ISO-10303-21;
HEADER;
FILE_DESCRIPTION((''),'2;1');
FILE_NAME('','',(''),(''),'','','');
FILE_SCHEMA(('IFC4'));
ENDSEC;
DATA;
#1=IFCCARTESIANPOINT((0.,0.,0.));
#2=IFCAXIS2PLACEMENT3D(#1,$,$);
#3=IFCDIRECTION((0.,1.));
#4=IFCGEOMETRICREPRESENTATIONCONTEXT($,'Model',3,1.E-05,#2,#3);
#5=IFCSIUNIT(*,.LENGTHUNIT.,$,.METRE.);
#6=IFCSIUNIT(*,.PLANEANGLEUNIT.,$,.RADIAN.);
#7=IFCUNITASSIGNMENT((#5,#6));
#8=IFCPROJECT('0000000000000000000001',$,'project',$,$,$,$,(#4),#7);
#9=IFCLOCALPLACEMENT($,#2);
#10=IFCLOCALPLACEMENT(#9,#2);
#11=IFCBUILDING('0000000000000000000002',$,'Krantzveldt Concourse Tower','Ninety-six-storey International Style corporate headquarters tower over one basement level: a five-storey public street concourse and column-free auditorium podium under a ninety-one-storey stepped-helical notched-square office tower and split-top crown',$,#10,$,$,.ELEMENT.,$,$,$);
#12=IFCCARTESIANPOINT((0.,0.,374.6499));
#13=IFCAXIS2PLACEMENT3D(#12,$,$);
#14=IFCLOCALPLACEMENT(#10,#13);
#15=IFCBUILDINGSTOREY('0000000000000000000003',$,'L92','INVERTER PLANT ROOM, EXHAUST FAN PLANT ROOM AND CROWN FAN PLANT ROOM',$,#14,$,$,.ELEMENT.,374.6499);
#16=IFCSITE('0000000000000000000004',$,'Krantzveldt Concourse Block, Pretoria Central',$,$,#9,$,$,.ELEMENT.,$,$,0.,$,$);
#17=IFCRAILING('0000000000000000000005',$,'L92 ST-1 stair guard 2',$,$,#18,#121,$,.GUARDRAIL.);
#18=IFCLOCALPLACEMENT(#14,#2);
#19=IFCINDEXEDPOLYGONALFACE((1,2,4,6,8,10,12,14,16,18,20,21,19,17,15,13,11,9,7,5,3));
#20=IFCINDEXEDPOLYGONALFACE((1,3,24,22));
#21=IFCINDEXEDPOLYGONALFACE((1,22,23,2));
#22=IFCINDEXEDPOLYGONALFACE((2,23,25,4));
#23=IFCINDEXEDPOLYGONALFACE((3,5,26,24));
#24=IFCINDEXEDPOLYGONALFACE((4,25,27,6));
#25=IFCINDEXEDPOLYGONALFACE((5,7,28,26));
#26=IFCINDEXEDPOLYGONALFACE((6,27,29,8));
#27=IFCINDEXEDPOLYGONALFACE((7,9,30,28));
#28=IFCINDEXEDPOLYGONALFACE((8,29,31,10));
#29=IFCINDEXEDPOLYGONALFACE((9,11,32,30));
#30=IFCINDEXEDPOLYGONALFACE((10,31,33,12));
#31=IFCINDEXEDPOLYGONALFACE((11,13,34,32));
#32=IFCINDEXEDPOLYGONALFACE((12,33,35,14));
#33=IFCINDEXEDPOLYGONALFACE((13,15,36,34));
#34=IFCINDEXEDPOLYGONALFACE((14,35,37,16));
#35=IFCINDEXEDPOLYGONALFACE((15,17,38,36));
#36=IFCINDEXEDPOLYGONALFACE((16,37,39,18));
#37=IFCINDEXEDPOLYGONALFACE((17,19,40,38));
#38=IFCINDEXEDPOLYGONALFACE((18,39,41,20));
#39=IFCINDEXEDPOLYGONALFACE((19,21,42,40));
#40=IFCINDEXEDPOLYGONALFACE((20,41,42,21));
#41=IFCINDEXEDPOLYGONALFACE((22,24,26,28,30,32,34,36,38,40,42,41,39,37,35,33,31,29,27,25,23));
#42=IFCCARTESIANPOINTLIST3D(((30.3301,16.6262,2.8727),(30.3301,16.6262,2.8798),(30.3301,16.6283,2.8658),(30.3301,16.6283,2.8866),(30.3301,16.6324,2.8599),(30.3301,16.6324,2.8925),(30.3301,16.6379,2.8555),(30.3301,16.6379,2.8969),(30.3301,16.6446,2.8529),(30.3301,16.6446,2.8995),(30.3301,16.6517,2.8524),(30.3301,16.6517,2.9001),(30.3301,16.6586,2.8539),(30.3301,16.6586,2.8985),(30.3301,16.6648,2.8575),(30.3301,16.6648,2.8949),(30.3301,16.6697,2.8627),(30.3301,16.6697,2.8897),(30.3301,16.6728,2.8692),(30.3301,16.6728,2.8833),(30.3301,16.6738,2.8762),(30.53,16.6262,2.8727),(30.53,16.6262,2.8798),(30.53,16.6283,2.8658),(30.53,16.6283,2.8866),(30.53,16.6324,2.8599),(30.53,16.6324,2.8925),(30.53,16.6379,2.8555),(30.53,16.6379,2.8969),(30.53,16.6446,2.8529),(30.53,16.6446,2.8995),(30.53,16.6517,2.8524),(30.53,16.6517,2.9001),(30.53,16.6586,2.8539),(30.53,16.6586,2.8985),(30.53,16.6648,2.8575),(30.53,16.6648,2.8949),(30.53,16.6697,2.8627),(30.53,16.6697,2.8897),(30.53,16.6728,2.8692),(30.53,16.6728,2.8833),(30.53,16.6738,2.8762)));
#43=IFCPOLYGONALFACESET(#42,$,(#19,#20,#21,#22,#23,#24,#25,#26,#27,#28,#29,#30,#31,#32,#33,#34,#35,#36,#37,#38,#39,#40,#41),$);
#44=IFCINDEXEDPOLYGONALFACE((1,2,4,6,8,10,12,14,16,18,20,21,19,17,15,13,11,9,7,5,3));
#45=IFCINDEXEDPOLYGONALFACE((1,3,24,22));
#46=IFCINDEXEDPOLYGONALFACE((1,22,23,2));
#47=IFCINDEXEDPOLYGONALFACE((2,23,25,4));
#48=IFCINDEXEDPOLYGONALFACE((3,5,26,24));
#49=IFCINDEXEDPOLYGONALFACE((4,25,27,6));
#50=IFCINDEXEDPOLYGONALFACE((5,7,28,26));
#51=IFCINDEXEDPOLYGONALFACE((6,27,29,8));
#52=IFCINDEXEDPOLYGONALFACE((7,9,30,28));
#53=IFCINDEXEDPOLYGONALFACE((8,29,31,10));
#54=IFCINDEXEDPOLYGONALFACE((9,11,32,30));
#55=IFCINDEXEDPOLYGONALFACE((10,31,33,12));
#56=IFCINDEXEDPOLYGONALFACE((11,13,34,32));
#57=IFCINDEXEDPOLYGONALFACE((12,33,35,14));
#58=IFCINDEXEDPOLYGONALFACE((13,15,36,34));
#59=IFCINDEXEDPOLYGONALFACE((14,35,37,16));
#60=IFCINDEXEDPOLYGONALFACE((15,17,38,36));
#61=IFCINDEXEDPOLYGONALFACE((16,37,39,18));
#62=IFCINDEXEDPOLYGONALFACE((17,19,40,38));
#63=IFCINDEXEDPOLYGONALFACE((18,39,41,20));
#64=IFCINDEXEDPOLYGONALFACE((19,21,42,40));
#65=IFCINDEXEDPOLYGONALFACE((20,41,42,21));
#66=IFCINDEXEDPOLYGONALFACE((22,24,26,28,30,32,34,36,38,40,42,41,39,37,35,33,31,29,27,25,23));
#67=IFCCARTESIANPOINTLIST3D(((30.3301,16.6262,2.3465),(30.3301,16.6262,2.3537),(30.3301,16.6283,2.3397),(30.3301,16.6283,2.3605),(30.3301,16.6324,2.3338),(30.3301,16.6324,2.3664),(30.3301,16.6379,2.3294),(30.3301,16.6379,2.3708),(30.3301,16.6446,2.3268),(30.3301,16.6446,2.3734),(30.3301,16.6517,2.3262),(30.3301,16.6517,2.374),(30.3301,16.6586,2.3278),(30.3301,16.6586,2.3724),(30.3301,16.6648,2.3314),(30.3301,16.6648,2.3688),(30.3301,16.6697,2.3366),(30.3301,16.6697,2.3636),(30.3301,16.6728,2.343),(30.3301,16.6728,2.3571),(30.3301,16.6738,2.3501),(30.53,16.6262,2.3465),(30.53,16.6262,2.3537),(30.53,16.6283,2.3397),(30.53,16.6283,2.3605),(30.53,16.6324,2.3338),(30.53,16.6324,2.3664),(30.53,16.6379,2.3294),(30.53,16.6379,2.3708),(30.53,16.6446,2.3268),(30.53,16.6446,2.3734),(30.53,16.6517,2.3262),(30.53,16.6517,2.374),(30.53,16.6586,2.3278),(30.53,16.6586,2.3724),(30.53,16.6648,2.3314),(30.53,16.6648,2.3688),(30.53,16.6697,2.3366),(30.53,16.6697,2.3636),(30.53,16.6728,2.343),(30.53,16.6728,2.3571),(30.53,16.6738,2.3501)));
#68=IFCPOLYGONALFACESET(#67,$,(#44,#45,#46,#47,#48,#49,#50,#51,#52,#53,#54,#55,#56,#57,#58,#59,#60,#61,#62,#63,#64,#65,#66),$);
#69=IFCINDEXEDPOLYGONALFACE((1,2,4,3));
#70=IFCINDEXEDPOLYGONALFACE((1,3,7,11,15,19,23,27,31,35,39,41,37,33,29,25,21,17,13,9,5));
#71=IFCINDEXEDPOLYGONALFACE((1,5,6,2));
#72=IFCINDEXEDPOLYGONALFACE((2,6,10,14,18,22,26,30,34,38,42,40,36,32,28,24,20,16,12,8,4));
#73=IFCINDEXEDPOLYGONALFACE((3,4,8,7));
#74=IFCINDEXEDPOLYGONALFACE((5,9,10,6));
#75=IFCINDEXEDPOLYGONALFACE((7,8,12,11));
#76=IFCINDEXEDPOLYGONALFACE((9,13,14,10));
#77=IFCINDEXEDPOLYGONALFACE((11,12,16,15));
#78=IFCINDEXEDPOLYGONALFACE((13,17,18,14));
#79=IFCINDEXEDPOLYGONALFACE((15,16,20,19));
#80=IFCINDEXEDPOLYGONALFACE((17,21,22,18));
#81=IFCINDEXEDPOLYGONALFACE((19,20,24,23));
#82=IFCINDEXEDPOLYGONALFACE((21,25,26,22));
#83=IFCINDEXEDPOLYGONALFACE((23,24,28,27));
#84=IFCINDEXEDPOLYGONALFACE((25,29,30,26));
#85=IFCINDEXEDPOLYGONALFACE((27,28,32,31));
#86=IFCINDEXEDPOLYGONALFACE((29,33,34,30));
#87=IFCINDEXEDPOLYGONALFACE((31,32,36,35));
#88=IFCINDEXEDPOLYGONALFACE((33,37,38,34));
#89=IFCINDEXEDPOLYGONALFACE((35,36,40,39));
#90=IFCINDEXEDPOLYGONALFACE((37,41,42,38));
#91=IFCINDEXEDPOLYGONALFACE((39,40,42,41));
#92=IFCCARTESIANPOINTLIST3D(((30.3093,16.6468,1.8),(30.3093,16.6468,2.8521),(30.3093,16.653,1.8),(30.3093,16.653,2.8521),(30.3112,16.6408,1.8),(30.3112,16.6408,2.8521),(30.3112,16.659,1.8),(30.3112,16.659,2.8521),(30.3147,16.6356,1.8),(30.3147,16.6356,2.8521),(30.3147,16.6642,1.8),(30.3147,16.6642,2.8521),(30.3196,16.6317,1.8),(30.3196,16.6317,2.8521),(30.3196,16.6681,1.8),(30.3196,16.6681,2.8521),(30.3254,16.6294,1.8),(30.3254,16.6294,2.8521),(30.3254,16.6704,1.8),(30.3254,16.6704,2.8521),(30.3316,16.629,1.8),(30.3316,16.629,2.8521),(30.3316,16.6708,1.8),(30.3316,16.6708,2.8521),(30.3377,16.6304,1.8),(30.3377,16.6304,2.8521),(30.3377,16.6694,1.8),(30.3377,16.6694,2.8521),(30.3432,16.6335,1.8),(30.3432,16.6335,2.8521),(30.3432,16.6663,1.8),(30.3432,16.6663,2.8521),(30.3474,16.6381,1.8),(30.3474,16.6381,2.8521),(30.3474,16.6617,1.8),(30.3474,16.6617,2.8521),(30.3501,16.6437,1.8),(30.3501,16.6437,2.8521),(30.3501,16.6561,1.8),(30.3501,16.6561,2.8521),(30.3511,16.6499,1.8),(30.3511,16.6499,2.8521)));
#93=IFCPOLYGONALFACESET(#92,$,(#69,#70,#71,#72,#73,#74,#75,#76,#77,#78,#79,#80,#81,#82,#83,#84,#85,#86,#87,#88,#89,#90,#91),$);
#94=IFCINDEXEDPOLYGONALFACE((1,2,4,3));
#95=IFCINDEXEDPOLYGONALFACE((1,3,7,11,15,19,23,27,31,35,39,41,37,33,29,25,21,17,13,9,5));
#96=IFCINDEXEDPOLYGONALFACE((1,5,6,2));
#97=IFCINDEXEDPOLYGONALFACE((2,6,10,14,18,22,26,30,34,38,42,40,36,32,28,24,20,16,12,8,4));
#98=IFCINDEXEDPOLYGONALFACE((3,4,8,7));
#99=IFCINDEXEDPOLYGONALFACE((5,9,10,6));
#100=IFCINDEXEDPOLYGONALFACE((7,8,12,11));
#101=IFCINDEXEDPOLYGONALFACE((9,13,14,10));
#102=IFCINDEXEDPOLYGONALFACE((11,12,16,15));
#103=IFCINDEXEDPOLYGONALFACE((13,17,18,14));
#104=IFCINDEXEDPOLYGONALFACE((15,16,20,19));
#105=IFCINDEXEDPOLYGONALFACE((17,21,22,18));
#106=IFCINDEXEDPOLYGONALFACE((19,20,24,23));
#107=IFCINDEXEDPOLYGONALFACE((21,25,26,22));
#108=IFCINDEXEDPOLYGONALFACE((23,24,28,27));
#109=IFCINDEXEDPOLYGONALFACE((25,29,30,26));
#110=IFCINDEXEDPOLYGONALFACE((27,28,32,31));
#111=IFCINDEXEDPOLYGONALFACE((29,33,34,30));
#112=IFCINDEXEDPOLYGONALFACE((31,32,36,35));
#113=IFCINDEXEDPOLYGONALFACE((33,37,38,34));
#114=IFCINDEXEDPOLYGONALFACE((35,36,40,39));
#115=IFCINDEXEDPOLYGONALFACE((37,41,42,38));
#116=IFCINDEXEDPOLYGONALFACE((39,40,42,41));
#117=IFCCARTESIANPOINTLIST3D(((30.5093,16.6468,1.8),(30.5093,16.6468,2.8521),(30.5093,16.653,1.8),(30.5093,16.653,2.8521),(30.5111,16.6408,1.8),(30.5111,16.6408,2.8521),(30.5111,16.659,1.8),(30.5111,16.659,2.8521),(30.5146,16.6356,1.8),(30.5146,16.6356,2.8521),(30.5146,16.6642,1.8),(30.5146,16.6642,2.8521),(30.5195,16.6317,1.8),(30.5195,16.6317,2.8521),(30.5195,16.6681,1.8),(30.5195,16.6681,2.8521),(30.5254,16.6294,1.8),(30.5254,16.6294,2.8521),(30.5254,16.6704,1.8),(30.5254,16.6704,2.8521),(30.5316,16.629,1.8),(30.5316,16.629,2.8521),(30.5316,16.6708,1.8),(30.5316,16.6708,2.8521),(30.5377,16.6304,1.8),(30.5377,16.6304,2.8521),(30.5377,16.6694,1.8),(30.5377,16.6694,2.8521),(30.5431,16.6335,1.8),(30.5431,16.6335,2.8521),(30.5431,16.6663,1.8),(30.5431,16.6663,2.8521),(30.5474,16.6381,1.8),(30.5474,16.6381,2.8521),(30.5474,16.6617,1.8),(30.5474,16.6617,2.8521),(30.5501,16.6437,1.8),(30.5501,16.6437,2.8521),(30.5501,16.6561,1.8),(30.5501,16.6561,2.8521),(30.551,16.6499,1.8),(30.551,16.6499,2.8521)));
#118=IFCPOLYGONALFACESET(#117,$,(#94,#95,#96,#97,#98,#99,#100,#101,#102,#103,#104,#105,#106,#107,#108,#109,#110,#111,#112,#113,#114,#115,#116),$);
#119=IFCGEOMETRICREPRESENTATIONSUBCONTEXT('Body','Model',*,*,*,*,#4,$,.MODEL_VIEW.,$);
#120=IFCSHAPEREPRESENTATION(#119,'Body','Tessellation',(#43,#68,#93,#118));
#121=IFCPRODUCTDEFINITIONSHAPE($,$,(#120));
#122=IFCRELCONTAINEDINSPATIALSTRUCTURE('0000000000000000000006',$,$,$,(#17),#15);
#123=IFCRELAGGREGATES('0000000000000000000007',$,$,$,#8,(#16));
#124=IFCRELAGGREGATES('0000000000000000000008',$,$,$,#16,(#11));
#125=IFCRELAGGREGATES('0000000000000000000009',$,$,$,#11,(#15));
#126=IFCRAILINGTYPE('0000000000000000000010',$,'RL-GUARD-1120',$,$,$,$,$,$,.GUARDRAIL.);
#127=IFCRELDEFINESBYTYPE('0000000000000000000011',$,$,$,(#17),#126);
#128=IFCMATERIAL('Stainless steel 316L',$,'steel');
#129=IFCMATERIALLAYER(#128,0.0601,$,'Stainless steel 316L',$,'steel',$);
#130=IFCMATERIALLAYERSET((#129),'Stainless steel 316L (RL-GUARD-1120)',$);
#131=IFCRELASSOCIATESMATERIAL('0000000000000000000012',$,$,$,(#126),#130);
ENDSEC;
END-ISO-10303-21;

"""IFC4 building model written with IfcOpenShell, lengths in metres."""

from ifc_helpers import new_model, si_unit, direction, frame, origin, origin_2d, place, context, subcontext, project, spatial, circle, extrude, material, layer, layer_set, type_object, element, save


model = new_model("IFC4")

# Units and contexts
model_context = context("Model", 3, precision=1e-05, world=origin(), true_north=direction((0.0, 1.0)))
body_context = subcontext(model_context, "Body", "Model", "MODEL_VIEW")
ifc_project = project(units=[si_unit("LENGTHUNIT", "METRE"), si_unit("PLANEANGLEUNIT", "RADIAN")], contexts=[model_context])

# Site, building, storey
site_placement = place(None, origin())
site = spatial("IfcSite", under=ifc_project, at=site_placement, Name="Krantzveldt Concourse Block, Pretoria Central", CompositionType="ELEMENT", RefElevation=0.0)
building_placement = place(site_placement, origin())
building = spatial("IfcBuilding", under=site, at=building_placement, Name="Krantzveldt Concourse Tower", Description="Ninety-six-storey International Style corporate headquarters tower over one basement level: a five-storey public street concourse and column-free auditorium podium under a ninety-one-storey stepped-helical notched-square office tower and split-top crown", CompositionType="ELEMENT")
storey_placement = place(building_placement, frame((0.0, 0.0, 374.6499)))
storey = spatial("IfcBuildingStorey", under=building, at=storey_placement, Name="L92", Description="INVERTER PLANT ROOM, EXHAUST FAN PLANT ROOM AND CROWN FAN PLANT ROOM", CompositionType="ELEMENT", Elevation=374.6499)

# Shared definitions
ifc_material_1 = material(Name="Stainless steel 316L", Category="steel")

# Railing
ifc_layer_1 = layer(ifc_material_1, 0.0601, Name="Stainless steel 316L", Category="steel")
ifc_layer_set_1 = layer_set([ifc_layer_1], Name="Stainless steel 316L (RL-GUARD-1120)")
railing_type_1 = type_object("IfcRailingType", Name="RL-GUARD-1120", PredefinedType="GUARDRAIL", material=ifc_layer_set_1)
railing_1_placement = place(storey_placement, frame((30.3301, 16.6499, 1.8)))
element("IfcRailing", 1, at=railing_1_placement, inside=storey, type_object=railing_type_1, Name="L92 ST-1 stair guard 2", PredefinedType="GUARDRAIL", context=body_context, shape_type="SweptSolid", body=[
    extrude(circle(Radius=0.0239, at=origin_2d()), frame((0.0, 0.0, 1.0762), z_axis=(1.0, 0.0, 0.0), x_axis=(0.0, 1.0, 0.0)), (0.0, 0.0, 1.0), 0.2),
    extrude(circle(Radius=0.0239, at=origin_2d()), frame((0.0, 0.0, 0.55), z_axis=(1.0, 0.0, 0.0), x_axis=(0.0, 1.0, 0.0)), (0.0, 0.0, 1.0), 0.2),
    extrude(circle(Radius=0.021, at=origin_2d()), origin(), (0.0, 0.0, 1.0), 1.052),
    extrude(circle(Radius=0.021, at=origin_2d()), frame((0.2, 0.0, 0.0)), (0.0, 0.0, 1.0), 1.052),
])

save(model, "model.ifc")
